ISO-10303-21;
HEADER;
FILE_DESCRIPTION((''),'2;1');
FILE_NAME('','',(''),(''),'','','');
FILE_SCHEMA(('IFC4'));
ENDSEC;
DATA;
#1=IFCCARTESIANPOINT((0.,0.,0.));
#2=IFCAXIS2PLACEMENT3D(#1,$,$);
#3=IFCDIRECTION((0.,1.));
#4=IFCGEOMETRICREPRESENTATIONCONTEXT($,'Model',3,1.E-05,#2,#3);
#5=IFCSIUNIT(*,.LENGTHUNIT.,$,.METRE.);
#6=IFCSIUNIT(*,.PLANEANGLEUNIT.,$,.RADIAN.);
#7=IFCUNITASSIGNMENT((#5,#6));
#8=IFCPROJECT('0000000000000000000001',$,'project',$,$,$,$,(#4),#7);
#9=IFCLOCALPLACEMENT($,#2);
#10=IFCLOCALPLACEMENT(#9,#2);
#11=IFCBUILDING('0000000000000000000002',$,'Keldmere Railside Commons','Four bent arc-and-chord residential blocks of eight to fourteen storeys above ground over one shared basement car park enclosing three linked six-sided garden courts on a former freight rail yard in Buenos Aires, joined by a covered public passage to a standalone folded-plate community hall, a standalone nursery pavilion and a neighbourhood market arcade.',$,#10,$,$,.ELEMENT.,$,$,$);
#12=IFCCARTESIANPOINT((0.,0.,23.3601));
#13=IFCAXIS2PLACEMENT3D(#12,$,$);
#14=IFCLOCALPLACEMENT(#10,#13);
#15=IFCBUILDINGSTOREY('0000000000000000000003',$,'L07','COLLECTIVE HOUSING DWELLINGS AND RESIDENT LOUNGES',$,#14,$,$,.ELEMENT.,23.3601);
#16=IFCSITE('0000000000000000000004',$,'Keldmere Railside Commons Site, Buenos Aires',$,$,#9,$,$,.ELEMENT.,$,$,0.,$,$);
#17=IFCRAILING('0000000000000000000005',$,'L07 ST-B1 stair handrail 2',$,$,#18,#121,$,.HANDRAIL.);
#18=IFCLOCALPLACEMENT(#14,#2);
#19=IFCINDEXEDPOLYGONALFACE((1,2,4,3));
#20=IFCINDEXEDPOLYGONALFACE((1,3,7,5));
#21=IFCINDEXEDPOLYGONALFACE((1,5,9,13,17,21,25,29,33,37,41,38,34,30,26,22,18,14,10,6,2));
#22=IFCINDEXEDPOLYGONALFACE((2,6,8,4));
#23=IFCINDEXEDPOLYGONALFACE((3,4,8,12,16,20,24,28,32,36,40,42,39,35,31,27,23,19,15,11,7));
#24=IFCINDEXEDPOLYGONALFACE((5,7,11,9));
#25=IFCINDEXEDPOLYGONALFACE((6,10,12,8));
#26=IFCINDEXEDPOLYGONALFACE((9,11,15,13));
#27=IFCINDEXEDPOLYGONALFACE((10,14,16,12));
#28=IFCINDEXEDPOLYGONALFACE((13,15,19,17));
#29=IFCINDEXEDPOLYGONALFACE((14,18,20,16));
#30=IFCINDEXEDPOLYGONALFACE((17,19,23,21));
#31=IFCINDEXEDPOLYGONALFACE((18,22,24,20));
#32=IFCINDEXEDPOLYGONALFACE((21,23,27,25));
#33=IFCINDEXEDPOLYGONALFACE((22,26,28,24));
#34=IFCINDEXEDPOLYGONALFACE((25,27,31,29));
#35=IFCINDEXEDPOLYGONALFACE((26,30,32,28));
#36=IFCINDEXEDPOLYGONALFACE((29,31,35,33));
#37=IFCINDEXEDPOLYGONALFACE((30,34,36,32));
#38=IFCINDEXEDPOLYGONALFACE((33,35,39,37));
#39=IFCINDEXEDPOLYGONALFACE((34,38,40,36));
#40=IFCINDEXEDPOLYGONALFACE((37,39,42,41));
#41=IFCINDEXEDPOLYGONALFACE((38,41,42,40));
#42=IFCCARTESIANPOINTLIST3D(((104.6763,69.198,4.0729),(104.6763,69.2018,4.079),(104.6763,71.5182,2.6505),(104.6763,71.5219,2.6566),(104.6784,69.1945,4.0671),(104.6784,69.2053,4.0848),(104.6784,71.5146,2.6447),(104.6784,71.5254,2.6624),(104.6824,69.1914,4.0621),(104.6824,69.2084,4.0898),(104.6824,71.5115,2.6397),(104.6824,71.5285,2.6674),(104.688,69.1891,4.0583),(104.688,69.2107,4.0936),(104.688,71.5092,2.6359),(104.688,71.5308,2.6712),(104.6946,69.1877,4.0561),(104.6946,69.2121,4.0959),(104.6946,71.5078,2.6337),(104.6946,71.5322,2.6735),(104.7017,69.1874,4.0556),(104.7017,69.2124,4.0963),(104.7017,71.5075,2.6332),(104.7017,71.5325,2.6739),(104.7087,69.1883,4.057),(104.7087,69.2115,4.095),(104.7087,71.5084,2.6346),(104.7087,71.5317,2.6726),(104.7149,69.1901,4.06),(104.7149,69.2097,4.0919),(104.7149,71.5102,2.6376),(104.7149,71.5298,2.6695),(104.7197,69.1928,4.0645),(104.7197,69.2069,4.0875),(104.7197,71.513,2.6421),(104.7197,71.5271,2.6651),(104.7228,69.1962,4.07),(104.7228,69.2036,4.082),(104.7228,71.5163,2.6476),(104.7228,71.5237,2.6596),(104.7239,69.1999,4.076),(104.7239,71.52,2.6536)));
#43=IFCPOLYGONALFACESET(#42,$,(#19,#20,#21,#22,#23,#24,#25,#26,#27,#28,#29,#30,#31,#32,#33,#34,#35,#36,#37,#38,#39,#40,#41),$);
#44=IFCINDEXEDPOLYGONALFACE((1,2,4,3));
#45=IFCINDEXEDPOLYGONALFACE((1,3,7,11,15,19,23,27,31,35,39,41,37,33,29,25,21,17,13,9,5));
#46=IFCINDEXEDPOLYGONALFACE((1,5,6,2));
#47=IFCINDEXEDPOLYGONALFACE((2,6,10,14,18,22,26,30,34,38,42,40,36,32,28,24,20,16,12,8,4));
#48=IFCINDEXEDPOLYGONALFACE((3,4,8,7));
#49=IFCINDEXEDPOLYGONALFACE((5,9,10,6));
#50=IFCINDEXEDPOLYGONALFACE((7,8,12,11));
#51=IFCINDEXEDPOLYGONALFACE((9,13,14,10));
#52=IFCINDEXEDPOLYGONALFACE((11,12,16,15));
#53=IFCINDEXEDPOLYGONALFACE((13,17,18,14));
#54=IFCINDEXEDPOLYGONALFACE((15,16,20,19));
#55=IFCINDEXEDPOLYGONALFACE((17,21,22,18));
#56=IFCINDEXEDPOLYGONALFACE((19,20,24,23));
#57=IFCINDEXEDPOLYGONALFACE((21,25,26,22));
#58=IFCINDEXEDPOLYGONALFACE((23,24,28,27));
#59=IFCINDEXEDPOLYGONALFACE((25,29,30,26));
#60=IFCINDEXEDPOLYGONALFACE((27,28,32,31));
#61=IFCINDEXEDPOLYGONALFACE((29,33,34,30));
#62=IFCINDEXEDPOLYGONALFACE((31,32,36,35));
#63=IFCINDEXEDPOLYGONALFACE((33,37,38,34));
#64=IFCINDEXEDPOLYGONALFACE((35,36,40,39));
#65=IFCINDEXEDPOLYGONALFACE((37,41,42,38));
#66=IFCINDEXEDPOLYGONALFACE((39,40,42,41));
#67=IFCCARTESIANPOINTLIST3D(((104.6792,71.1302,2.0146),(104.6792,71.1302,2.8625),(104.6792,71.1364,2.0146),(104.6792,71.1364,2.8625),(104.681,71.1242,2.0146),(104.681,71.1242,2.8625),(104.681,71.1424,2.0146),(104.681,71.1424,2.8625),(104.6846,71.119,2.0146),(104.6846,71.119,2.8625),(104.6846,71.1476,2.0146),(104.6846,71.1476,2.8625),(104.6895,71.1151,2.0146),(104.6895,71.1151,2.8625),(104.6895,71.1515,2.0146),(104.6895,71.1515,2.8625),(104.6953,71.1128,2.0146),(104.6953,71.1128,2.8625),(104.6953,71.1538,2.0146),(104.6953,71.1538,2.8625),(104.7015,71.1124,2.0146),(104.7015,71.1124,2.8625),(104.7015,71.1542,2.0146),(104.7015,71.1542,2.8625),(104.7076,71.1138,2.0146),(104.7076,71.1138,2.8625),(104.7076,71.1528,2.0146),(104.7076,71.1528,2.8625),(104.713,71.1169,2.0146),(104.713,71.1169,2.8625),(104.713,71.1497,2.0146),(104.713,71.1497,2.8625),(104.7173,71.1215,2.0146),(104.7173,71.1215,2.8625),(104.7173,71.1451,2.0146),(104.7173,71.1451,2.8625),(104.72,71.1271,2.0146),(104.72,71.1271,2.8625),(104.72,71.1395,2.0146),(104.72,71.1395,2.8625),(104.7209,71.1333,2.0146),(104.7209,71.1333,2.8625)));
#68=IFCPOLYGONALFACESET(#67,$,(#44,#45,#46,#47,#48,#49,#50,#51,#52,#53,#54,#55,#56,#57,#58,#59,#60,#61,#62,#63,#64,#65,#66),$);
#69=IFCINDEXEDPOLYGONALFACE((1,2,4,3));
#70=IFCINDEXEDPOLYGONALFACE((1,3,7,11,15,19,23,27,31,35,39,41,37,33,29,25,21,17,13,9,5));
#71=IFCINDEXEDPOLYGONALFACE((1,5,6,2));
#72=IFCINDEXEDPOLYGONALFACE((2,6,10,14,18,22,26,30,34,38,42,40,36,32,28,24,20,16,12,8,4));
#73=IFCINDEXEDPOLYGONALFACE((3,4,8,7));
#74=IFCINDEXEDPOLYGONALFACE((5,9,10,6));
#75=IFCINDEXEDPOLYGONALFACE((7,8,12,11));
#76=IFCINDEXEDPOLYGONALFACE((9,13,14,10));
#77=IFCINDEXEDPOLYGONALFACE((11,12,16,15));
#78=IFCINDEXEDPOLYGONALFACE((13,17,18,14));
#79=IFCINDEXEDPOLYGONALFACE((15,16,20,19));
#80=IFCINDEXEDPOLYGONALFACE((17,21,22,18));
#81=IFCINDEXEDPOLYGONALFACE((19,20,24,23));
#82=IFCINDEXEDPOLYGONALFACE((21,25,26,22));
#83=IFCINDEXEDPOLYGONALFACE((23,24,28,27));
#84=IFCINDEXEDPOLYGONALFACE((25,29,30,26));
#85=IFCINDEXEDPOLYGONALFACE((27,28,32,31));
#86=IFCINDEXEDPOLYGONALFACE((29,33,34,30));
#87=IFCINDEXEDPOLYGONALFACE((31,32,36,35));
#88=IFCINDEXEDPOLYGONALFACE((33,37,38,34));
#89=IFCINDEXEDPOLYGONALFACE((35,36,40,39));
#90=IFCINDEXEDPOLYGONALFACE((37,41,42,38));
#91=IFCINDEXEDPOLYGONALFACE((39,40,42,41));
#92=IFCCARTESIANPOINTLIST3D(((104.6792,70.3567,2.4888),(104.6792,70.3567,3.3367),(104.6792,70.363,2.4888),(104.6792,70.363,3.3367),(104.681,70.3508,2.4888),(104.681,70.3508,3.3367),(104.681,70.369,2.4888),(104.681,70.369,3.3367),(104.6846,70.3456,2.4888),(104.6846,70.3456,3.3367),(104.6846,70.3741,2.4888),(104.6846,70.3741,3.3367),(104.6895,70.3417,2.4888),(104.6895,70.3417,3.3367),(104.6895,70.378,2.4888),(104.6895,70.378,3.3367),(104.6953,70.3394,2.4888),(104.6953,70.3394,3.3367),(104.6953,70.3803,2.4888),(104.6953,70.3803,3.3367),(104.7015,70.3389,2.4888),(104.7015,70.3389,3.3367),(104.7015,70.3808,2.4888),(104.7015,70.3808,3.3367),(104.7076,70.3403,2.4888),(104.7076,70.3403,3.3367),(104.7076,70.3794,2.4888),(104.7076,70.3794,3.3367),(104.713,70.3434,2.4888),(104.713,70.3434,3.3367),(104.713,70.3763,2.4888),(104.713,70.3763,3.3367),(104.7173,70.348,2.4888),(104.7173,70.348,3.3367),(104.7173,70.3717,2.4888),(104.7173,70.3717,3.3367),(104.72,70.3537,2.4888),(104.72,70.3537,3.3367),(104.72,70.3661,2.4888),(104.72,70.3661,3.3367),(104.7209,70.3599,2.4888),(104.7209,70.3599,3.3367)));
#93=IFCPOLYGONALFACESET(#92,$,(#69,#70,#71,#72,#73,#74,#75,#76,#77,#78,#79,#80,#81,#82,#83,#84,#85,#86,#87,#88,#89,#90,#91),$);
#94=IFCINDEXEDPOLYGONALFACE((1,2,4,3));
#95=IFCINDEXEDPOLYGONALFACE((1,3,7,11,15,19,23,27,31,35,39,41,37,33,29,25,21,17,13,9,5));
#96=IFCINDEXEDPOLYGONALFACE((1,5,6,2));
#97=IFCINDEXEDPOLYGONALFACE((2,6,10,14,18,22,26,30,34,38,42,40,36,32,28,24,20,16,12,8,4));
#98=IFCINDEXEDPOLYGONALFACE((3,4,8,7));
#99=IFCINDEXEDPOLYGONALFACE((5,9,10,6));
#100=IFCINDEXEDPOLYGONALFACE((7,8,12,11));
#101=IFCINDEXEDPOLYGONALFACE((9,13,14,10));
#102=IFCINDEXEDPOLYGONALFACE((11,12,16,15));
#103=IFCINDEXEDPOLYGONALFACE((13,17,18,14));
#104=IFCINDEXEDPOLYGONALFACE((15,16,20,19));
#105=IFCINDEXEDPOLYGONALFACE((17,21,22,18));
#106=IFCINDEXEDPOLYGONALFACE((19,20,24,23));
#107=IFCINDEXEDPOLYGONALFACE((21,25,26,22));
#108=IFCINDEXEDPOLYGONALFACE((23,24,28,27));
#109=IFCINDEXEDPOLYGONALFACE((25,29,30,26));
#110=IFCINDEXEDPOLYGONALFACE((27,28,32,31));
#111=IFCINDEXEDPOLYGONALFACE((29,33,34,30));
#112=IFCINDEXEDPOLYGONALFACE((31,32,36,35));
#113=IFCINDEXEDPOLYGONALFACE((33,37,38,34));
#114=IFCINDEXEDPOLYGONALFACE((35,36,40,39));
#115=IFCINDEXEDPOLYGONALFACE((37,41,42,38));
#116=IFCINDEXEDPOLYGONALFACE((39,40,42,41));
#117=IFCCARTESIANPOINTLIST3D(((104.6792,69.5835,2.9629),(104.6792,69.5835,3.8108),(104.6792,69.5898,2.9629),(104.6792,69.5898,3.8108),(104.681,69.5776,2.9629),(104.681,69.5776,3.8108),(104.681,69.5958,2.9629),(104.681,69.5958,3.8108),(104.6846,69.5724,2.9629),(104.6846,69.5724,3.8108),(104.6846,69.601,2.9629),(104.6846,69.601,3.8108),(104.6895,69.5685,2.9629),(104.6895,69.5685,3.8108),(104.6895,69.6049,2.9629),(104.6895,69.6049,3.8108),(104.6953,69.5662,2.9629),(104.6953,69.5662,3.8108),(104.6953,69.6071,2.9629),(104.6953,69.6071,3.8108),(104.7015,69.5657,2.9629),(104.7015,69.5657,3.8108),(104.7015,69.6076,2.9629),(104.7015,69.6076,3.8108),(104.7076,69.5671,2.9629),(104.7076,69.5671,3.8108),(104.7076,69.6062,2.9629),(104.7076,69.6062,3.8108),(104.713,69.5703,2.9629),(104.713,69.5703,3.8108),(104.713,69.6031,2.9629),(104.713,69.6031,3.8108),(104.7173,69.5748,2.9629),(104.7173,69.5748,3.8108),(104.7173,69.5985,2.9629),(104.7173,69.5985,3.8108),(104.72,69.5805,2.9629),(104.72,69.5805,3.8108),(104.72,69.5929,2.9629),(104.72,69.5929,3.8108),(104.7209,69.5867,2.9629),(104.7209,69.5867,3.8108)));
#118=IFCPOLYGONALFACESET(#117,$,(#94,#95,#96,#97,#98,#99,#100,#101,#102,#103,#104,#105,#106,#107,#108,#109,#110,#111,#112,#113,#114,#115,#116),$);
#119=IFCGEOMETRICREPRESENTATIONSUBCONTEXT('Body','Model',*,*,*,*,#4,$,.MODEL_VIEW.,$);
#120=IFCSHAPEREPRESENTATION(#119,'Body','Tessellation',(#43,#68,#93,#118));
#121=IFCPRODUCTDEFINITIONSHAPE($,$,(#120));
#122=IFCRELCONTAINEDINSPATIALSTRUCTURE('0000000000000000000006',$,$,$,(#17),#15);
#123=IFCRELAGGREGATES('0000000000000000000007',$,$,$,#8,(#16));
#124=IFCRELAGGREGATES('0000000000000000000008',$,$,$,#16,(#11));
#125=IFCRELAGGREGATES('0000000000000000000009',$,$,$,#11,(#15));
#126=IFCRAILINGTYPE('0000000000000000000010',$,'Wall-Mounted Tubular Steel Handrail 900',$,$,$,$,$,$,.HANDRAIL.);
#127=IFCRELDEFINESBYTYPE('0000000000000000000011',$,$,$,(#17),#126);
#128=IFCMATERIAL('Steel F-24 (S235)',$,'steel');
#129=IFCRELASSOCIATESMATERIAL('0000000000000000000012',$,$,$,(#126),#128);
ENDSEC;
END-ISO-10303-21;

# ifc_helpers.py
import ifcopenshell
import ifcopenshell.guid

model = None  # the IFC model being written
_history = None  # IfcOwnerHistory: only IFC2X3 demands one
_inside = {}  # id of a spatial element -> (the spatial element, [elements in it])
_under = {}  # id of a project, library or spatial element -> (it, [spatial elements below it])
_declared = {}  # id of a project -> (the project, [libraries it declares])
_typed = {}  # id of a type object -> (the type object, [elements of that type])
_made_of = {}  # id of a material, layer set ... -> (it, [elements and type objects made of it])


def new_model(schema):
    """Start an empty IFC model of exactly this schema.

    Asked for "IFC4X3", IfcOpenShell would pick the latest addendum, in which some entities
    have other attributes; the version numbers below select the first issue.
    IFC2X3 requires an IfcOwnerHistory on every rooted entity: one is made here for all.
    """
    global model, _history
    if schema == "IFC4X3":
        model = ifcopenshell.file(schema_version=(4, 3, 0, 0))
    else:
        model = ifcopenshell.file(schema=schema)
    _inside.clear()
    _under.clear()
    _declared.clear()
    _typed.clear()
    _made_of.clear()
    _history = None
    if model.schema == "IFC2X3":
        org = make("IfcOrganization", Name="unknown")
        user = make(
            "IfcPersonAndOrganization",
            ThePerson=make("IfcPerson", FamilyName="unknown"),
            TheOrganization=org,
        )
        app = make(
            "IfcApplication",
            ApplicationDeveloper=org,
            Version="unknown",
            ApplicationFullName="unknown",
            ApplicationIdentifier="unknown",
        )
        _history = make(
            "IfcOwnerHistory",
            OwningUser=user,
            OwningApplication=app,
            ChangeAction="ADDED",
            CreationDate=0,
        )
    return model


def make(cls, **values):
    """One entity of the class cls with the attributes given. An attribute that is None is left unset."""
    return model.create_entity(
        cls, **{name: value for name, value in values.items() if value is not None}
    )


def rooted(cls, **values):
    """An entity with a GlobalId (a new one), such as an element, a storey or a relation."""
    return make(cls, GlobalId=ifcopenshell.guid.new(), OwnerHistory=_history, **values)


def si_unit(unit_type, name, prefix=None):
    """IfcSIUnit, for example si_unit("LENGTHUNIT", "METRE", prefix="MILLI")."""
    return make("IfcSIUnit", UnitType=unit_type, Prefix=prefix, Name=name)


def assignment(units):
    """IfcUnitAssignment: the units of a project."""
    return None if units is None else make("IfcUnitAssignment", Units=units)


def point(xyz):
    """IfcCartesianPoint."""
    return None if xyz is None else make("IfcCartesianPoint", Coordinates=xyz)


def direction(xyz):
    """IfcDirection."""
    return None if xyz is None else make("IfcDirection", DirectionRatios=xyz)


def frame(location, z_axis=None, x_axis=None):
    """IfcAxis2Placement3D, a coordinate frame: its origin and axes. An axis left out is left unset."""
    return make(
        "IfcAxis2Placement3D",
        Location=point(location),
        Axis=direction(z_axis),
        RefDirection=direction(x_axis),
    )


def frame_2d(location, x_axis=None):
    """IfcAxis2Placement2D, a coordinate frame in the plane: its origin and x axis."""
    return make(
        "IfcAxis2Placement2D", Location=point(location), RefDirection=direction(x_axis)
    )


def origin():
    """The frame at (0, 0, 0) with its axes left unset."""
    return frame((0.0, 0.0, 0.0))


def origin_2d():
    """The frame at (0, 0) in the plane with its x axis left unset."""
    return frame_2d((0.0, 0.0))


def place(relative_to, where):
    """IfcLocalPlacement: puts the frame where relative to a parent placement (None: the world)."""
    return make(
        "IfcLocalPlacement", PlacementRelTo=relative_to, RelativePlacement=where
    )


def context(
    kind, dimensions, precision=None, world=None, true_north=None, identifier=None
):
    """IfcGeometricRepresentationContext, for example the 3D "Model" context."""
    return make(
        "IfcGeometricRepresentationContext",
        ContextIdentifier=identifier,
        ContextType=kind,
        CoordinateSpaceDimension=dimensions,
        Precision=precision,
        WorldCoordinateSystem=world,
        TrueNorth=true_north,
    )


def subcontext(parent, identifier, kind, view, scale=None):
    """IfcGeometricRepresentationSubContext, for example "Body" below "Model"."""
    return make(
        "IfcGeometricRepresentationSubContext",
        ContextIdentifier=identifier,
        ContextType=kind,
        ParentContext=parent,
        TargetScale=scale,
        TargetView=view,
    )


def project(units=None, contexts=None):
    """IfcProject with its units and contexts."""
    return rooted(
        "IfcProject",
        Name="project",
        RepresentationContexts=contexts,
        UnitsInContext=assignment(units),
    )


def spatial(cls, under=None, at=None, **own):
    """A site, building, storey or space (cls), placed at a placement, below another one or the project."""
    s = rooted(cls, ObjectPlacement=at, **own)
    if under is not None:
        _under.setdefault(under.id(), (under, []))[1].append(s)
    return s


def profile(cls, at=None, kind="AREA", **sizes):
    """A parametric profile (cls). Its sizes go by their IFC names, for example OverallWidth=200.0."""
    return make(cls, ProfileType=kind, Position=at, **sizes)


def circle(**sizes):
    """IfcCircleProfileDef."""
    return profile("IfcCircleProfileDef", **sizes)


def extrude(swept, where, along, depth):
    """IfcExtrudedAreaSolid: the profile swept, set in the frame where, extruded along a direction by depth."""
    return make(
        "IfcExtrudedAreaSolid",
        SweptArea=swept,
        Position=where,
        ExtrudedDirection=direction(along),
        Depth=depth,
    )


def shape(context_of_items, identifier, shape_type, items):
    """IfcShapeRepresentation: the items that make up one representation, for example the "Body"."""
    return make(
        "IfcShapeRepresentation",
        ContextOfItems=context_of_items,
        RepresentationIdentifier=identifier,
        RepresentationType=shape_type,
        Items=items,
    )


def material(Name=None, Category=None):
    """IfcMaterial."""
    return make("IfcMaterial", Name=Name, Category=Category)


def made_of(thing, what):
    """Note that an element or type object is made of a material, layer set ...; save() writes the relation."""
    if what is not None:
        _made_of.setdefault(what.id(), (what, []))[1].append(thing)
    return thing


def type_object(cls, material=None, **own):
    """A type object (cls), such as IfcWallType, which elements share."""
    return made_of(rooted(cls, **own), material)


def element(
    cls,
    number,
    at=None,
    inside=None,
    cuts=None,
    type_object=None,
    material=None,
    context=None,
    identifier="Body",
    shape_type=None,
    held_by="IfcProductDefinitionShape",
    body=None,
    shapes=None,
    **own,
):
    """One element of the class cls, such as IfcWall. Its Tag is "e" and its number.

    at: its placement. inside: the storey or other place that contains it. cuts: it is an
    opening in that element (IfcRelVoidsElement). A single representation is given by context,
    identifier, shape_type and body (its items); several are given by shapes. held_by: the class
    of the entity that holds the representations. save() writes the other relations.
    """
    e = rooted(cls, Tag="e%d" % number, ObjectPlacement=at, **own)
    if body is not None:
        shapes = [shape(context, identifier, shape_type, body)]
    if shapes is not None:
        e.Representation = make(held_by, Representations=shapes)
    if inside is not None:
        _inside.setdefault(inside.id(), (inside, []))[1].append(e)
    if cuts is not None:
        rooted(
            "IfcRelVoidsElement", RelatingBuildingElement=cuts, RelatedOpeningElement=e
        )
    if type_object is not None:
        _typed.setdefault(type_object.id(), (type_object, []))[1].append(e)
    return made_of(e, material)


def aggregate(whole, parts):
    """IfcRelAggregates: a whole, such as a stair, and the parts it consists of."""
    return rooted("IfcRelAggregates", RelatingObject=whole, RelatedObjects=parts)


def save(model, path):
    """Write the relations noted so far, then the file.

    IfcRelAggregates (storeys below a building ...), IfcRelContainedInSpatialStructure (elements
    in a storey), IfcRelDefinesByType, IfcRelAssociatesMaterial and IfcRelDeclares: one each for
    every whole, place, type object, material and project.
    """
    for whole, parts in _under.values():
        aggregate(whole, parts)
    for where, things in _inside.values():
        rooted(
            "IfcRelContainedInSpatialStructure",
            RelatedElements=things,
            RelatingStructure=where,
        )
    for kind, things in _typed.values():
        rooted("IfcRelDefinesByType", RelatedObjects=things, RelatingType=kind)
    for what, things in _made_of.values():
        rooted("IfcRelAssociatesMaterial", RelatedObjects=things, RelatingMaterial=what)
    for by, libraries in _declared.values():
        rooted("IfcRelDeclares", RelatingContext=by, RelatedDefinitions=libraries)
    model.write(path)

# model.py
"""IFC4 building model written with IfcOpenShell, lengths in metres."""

from ifc_helpers import new_model, si_unit, direction, frame, origin, origin_2d, place, context, subcontext, project, spatial, circle, extrude, material, type_object, element, save


model = new_model("IFC4")

# Units and contexts
model_context = context("Model", 3, precision=1e-05, world=origin(), true_north=direction((0.0, 1.0)))
body_context = subcontext(model_context, "Body", "Model", "MODEL_VIEW")
ifc_project = project(units=[si_unit("LENGTHUNIT", "METRE"), si_unit("PLANEANGLEUNIT", "RADIAN")], contexts=[model_context])

# Site, building, storey
site_placement = place(None, origin())
site = spatial("IfcSite", under=ifc_project, at=site_placement, Name="Keldmere Railside Commons Site, Buenos Aires", CompositionType="ELEMENT", RefElevation=0.0)
building_placement = place(site_placement, origin())
building = spatial("IfcBuilding", under=site, at=building_placement, Name="Keldmere Railside Commons", Description="Four bent arc-and-chord residential blocks of eight to fourteen storeys above ground over one shared basement car park enclosing three linked six-sided garden courts on a former freight rail yard in Buenos Aires, joined by a covered public passage to a standalone folded-plate community hall, a standalone nursery pavilion and a neighbourhood market arcade.", CompositionType="ELEMENT")
storey_placement = place(building_placement, frame((0.0, 0.0, 23.3601)))
storey = spatial("IfcBuildingStorey", under=building, at=storey_placement, Name="L07", Description="COLLECTIVE HOUSING DWELLINGS AND RESIDENT LOUNGES", CompositionType="ELEMENT", Elevation=23.3601)

# Shared definitions
ifc_material_1 = material(Name="Steel F-24 (S235)", Category="steel")

# Railing
railing_type_1 = type_object("IfcRailingType", Name="Wall-Mounted Tubular Steel Handrail 900", PredefinedType="HANDRAIL", material=ifc_material_1)
railing_1_placement = place(storey_placement, frame((104.7, 71.52, 1.7776)))
element("IfcRailing", 1, at=railing_1_placement, inside=storey, type_object=railing_type_1, Name="L07 ST-B1 stair handrail 2", PredefinedType="HANDRAIL", context=body_context, shape_type="SweptSolid", body=[
    extrude(circle(Radius=0.0239, at=origin_2d()), frame((0.0, 0.0, 0.876), z_axis=(0.0, -0.852538, 0.522665), x_axis=(1.0, 0.0, 0.0)), (0.0, 0.0, 1.0), 2.7214),
    extrude(circle(Radius=0.021, at=origin_2d()), frame((0.0, -0.3867, 0.2371)), (0.0, 0.0, 1.0), 0.8479),
    extrude(circle(Radius=0.021, at=origin_2d()), frame((0.0, -1.1602, 0.7112)), (0.0, 0.0, 1.0), 0.8479),
    extrude(circle(Radius=0.021, at=origin_2d()), frame((0.0, -1.9333, 1.1853)), (0.0, 0.0, 1.0), 0.8479),
])

save(model, "model.ifc")
